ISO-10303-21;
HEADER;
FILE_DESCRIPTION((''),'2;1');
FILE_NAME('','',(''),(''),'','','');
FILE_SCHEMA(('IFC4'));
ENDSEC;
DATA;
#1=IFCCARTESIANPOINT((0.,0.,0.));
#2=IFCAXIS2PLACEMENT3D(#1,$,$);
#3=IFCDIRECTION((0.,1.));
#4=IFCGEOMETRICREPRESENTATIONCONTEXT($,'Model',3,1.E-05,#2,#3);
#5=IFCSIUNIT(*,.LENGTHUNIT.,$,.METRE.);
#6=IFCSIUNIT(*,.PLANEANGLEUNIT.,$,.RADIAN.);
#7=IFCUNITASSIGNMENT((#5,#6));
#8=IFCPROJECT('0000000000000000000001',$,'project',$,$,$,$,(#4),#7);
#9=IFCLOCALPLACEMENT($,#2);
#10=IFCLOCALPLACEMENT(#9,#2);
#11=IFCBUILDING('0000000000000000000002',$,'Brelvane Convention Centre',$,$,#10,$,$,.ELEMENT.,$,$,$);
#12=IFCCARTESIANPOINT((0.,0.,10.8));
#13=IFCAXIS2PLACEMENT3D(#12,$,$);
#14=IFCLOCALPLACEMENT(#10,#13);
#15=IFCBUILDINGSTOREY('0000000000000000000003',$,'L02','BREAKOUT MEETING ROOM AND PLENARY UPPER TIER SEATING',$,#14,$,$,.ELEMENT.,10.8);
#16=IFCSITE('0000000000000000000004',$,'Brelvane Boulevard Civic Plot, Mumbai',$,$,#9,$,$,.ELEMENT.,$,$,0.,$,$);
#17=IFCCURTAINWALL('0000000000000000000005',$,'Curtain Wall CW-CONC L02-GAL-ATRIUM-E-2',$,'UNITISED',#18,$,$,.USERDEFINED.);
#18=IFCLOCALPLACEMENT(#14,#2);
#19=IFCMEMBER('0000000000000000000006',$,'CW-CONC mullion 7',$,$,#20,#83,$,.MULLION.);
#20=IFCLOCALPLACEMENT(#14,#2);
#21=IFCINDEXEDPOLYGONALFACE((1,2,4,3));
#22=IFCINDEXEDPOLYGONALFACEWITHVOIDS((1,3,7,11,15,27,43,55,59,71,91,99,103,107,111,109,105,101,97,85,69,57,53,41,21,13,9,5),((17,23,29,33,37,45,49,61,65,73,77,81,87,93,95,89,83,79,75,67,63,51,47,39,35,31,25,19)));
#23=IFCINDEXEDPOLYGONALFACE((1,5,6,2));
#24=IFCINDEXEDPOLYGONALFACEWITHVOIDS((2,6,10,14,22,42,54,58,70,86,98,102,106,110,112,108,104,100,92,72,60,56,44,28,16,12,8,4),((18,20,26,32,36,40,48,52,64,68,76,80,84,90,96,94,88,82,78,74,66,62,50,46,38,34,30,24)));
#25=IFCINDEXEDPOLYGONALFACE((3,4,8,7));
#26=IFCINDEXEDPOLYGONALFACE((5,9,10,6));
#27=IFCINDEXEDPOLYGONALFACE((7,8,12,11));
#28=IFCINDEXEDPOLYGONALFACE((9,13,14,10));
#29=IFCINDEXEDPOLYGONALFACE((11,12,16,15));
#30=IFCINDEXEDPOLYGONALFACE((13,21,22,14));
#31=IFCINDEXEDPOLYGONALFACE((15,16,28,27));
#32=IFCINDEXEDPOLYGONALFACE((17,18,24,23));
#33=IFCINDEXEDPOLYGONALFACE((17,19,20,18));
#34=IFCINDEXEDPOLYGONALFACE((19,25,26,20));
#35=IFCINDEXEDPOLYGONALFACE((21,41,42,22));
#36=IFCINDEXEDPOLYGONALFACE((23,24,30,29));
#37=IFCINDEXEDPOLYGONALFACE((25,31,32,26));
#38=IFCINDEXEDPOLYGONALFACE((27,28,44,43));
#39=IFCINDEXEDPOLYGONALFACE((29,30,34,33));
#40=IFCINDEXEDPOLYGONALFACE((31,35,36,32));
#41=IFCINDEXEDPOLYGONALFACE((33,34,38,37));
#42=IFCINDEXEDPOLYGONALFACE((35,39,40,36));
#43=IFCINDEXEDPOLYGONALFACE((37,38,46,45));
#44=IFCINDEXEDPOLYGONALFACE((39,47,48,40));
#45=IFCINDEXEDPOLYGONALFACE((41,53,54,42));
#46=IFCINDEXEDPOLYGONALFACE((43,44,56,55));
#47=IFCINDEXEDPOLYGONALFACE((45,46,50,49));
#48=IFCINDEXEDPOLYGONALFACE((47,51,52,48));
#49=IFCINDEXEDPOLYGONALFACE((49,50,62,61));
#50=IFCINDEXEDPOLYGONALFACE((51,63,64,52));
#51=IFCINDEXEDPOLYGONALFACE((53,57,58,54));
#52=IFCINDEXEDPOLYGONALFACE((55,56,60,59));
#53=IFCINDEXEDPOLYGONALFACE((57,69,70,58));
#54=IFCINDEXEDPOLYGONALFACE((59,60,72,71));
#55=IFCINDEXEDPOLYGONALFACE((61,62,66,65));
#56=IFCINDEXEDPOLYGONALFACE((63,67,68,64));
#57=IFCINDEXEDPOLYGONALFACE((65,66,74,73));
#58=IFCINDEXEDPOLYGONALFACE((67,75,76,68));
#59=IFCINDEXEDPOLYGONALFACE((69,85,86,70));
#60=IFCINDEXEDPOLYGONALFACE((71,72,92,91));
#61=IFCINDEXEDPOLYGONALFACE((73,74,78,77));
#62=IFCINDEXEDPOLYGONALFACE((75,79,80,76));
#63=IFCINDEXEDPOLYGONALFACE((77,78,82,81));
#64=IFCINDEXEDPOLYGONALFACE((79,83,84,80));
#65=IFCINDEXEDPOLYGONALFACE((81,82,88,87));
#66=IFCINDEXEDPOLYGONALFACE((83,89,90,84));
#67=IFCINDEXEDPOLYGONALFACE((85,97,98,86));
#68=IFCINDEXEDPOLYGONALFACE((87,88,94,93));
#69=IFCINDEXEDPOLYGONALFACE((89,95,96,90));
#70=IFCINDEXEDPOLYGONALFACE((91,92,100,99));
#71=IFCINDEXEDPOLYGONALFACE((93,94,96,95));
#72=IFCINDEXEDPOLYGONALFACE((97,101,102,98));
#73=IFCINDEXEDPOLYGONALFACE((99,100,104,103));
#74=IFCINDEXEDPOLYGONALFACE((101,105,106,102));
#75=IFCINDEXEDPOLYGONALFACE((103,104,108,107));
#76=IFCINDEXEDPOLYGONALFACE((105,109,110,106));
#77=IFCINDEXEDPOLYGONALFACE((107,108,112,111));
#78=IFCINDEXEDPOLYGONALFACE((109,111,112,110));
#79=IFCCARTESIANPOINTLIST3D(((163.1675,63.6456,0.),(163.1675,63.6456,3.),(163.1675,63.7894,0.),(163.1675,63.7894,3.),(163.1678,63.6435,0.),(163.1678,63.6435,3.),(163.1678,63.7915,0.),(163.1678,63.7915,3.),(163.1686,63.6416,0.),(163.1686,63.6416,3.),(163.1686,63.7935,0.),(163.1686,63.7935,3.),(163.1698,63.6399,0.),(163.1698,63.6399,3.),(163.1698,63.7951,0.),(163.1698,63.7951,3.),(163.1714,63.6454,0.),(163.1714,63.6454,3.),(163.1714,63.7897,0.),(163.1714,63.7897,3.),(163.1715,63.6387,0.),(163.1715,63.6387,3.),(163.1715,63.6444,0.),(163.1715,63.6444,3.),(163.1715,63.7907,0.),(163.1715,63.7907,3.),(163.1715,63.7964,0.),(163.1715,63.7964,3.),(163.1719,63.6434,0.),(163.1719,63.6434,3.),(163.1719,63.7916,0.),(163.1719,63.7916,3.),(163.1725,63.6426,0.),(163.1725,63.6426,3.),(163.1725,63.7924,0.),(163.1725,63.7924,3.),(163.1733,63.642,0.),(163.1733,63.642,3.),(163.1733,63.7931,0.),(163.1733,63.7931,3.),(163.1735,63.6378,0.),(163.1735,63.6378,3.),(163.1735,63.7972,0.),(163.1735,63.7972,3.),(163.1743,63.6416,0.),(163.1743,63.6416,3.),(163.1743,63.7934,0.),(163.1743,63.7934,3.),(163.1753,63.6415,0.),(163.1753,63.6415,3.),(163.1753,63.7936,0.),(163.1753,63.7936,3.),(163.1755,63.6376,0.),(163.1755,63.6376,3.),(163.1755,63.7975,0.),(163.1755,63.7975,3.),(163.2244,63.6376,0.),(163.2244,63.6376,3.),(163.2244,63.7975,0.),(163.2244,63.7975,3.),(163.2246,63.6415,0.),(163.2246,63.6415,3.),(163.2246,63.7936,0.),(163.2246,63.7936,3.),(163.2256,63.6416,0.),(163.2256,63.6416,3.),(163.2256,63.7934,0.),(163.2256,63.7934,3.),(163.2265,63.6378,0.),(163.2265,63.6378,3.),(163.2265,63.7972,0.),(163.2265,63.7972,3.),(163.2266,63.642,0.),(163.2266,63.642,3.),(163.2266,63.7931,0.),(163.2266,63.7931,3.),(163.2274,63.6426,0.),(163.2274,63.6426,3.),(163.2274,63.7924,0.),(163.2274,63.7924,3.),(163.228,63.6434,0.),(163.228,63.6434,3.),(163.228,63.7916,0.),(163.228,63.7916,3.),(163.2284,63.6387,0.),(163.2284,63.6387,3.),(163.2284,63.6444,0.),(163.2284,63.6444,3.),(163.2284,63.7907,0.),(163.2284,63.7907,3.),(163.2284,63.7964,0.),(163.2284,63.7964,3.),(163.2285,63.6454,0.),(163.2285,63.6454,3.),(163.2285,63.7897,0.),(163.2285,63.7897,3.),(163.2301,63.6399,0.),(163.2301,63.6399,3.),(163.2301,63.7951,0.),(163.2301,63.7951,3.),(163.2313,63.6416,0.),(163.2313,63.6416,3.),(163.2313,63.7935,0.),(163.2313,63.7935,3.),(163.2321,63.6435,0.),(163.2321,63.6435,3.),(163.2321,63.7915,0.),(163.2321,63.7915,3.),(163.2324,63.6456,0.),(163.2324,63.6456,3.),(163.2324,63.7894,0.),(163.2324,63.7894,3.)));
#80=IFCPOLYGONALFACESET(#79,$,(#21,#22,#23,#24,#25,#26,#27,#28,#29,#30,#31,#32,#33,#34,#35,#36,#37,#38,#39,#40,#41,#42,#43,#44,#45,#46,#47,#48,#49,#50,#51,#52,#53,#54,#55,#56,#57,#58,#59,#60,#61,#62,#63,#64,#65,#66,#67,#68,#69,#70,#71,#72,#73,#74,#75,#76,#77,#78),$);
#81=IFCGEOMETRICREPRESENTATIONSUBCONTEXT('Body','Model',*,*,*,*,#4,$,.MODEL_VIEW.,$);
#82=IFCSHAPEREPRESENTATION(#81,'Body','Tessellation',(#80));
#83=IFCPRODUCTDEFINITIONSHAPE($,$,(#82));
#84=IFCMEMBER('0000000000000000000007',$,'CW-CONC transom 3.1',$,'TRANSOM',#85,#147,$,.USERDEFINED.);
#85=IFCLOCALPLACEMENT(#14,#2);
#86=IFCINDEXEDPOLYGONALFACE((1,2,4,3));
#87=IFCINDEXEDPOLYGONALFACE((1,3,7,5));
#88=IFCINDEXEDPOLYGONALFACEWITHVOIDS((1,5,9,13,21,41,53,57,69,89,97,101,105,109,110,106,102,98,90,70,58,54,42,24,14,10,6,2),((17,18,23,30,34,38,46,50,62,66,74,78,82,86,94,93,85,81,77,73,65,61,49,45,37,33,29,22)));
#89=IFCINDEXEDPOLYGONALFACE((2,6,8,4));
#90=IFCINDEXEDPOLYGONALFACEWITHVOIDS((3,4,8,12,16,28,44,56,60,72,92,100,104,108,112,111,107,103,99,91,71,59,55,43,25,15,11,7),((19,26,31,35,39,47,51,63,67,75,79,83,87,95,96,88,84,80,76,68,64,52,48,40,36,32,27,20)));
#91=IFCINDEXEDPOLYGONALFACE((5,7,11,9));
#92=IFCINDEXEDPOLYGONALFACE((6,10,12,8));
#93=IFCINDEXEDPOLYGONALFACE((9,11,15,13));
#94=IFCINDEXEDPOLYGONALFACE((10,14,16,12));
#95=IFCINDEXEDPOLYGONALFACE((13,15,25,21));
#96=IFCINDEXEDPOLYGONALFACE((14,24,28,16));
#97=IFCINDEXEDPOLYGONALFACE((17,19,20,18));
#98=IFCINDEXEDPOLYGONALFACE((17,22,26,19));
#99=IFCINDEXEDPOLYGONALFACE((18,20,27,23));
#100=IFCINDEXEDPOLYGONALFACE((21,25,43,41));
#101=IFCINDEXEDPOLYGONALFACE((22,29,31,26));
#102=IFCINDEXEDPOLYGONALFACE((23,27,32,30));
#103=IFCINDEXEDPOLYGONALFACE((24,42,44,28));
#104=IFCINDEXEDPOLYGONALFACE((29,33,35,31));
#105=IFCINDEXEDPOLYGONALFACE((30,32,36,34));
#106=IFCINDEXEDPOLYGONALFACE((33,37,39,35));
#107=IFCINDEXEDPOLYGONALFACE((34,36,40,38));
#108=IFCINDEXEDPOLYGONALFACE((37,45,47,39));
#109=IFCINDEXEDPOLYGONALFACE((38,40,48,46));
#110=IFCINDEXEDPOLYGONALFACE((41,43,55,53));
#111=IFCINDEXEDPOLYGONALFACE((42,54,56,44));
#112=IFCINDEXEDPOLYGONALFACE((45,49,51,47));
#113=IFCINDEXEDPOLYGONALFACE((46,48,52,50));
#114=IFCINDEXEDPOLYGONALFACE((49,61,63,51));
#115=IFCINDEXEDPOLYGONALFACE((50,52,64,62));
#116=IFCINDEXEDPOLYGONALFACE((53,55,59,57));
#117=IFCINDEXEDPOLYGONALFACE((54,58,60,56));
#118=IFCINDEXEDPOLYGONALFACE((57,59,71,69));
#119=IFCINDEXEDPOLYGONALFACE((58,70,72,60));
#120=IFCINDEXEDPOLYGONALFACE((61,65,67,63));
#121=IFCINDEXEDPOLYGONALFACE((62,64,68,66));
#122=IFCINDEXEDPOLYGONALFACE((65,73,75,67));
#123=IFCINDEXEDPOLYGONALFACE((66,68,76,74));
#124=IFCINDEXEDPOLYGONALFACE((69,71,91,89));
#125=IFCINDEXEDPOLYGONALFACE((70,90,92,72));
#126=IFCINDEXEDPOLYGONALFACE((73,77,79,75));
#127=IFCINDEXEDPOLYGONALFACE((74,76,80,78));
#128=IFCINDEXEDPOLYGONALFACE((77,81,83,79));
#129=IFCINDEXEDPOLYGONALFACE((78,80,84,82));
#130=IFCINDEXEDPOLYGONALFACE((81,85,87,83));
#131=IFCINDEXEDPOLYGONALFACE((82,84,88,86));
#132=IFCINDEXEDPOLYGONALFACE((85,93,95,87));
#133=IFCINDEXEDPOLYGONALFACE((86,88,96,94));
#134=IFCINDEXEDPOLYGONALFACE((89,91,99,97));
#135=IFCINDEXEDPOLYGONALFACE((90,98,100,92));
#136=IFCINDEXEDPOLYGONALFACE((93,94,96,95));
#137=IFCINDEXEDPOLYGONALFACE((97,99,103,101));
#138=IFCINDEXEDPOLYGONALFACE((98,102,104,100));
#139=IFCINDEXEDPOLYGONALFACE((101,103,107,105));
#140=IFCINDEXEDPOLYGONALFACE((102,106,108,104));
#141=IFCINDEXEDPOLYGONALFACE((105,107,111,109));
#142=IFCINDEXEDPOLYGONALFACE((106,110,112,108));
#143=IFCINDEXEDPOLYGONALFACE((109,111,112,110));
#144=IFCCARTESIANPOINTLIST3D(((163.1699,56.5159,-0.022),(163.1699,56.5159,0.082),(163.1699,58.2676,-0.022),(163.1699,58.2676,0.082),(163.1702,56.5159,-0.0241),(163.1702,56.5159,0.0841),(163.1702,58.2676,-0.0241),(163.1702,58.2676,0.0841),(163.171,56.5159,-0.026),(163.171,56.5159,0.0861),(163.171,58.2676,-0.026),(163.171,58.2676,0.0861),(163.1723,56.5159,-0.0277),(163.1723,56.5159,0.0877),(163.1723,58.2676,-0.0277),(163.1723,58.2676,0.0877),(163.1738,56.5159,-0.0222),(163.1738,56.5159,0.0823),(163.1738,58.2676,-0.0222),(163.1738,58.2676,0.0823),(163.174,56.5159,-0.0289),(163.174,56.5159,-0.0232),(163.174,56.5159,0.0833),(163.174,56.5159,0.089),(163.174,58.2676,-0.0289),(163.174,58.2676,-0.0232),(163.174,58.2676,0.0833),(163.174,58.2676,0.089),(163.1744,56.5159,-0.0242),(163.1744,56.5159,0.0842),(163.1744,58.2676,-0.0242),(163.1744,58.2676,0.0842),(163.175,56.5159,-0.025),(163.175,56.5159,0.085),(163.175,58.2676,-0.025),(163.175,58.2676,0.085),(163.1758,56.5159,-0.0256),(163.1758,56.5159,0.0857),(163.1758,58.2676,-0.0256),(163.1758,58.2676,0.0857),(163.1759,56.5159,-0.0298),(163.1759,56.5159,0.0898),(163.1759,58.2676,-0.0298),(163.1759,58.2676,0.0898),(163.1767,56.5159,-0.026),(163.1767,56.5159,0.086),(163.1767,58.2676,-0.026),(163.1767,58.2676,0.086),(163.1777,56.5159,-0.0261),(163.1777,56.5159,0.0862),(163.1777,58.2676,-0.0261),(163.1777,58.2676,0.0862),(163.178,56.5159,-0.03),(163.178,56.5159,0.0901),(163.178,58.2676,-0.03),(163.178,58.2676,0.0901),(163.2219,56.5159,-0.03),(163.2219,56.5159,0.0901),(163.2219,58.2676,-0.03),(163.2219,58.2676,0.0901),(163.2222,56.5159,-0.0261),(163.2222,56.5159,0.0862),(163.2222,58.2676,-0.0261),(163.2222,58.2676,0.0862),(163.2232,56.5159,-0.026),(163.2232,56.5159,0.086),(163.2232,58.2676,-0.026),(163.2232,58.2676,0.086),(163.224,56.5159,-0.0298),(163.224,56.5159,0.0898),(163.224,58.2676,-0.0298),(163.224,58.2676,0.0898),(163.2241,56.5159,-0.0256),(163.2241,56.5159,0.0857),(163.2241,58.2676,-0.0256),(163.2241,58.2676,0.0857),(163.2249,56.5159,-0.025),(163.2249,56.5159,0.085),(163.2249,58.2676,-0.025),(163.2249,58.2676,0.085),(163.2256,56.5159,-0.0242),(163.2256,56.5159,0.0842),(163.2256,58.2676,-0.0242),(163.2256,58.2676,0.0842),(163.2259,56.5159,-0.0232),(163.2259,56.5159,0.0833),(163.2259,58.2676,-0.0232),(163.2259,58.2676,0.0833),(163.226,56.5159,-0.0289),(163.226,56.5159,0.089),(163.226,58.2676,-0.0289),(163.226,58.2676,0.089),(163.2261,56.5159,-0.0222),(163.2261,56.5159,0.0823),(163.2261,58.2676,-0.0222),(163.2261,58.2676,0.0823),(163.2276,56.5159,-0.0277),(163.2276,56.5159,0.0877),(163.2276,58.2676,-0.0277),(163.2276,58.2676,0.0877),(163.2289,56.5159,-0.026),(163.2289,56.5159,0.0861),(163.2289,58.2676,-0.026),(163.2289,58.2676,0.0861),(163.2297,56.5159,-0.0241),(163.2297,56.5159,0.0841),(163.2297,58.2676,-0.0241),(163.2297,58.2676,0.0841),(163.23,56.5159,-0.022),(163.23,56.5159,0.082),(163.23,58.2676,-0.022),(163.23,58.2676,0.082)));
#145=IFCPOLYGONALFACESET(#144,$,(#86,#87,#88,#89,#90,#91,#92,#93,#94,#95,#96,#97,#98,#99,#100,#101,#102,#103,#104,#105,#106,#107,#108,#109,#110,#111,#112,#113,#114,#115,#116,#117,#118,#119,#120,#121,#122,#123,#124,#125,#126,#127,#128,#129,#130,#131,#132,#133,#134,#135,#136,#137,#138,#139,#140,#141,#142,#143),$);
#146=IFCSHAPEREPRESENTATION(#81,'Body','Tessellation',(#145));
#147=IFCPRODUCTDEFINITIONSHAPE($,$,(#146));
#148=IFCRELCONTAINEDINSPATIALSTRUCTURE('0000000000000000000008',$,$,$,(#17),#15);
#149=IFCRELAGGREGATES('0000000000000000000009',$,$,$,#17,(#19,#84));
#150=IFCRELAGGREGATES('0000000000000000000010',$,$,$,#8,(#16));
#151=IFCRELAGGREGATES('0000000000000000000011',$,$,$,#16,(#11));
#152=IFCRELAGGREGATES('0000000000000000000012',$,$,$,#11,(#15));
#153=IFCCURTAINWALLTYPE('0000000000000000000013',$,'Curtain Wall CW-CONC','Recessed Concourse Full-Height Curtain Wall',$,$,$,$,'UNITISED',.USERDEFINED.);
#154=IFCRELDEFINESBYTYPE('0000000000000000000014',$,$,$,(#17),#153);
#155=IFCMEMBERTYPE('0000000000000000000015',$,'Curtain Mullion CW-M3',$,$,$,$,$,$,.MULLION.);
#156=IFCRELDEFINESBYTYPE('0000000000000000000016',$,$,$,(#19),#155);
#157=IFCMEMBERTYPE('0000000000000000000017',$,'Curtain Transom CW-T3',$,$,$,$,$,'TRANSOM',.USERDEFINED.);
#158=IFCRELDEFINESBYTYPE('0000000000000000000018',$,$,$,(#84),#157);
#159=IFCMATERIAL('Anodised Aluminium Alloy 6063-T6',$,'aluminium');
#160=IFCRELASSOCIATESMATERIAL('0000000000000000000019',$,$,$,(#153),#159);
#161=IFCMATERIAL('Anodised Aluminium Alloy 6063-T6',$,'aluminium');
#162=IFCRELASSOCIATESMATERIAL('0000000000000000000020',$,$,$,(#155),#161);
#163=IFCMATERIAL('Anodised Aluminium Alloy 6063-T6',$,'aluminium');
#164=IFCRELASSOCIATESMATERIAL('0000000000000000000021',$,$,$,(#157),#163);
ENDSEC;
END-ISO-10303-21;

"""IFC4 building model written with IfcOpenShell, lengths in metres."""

from ifc_helpers import new_model, si_unit, direction, frame, origin, origin_2d, place, context, subcontext, project, spatial, hollow_rectangle, extrude, material, material_profile, profile_set, type_object, element, aggregate, save


model = new_model("IFC4")

# Units and contexts
model_context = context("Model", 3, precision=1e-05, world=origin(), true_north=direction((0.0, 1.0)))
body_context = subcontext(model_context, "Body", "Model", "MODEL_VIEW")
ifc_project = project(units=[si_unit("LENGTHUNIT", "METRE"), si_unit("PLANEANGLEUNIT", "RADIAN")], contexts=[model_context])

# Site, building, storey
site_placement = place(None, origin())
site = spatial("IfcSite", under=ifc_project, at=site_placement, Name="Brelvane Boulevard Civic Plot, Mumbai", CompositionType="ELEMENT", RefElevation=0.0)
building_placement = place(site_placement, origin())
building = spatial("IfcBuilding", under=site, at=building_placement, Name="Brelvane Convention Centre", CompositionType="ELEMENT")
storey_placement = place(building_placement, frame((0.0, 0.0, 10.8)))
storey = spatial("IfcBuildingStorey", under=building, at=storey_placement, Name="L02", Description="BREAKOUT MEETING ROOM AND PLENARY UPPER TIER SEATING", CompositionType="ELEMENT", Elevation=10.8)

# Curtain wall, members
ifc_material_1 = material(Name="Anodised Aluminium Alloy 6063-T6", Category="aluminium")
curtain_wall_type = type_object("IfcCurtainWallType", Name="Curtain Wall CW-CONC", Description="Recessed Concourse Full-Height Curtain Wall", ElementType="UNITISED", PredefinedType="USERDEFINED", material=ifc_material_1)
curtain_wall_placement = place(storey_placement, origin())
curtain_wall = element("IfcCurtainWall", 1, at=curtain_wall_placement, inside=storey, type_object=curtain_wall_type, Name="Curtain Wall CW-CONC L02-GAL-ATRIUM-E-2", ObjectType="UNITISED", PredefinedType="USERDEFINED")
ifc_material_2 = material(Name="Anodised Aluminium Alloy 6063-T6", Category="aluminium")
ifc_material_profile_1 = material_profile(ifc_material_2, hollow_rectangle(XDim=0.0649, YDim=0.1599, WallThickness=0.0039, InnerFilletRadius=0.0039, OuterFilletRadius=0.0081, at=origin_2d()), Name="ALU-M 160x65x4.0")
ifc_profile_set_1 = profile_set([ifc_material_profile_1], Name="Anodised Aluminium Alloy 6063-T6")
member_type_1 = type_object("IfcMemberType", Name="Curtain Mullion CW-M3", PredefinedType="MULLION", material=ifc_profile_set_1)
member_1_placement = place(storey_placement, frame((163.2, 63.7175, 0.0), z_axis=(0.0, 0.0, 1.0), x_axis=(-1.0, 0.0, 0.0)))
member_1 = element("IfcMember", 2, at=member_1_placement, type_object=member_type_1, Name="CW-CONC mullion 7", PredefinedType="MULLION", context=body_context, shape_type="SweptSolid", body=[
    extrude(hollow_rectangle(XDim=0.0649, YDim=0.1599, WallThickness=0.0039, InnerFilletRadius=0.0039, OuterFilletRadius=0.0081, at=origin_2d()), origin(), (0.0, 0.0, 1.0), 3.0),
])
ifc_material_3 = material(Name="Anodised Aluminium Alloy 6063-T6", Category="aluminium")
ifc_material_profile_2 = material_profile(ifc_material_3, hollow_rectangle(XDim=0.0601, YDim=0.1201, WallThickness=0.0039, InnerFilletRadius=0.0039, OuterFilletRadius=0.0081, at=origin_2d()), Name="ALU-T 120x60x4.0")
ifc_profile_set_2 = profile_set([ifc_material_profile_2], Name="Anodised Aluminium Alloy 6063-T6")
member_type_2 = type_object("IfcMemberType", Name="Curtain Transom CW-T3", ElementType="TRANSOM", PredefinedType="USERDEFINED", material=ifc_profile_set_2)
member_2_placement = place(storey_placement, frame((163.2, 56.5159, 0.03), z_axis=(0.0, 1.0, 0.0), x_axis=(-1.0, 0.0, 0.0)))
member_2 = element("IfcMember", 3, at=member_2_placement, type_object=member_type_2, Name="CW-CONC transom 3.1", ObjectType="TRANSOM", PredefinedType="USERDEFINED", context=body_context, shape_type="SweptSolid", body=[
    extrude(hollow_rectangle(XDim=0.0601, YDim=0.1201, WallThickness=0.0039, InnerFilletRadius=0.0039, OuterFilletRadius=0.0081, at=origin_2d()), origin(), (0.0, 0.0, 1.0), 1.7517),
])

aggregate(curtain_wall, [member_1, member_2])

save(model, "model.ifc")
